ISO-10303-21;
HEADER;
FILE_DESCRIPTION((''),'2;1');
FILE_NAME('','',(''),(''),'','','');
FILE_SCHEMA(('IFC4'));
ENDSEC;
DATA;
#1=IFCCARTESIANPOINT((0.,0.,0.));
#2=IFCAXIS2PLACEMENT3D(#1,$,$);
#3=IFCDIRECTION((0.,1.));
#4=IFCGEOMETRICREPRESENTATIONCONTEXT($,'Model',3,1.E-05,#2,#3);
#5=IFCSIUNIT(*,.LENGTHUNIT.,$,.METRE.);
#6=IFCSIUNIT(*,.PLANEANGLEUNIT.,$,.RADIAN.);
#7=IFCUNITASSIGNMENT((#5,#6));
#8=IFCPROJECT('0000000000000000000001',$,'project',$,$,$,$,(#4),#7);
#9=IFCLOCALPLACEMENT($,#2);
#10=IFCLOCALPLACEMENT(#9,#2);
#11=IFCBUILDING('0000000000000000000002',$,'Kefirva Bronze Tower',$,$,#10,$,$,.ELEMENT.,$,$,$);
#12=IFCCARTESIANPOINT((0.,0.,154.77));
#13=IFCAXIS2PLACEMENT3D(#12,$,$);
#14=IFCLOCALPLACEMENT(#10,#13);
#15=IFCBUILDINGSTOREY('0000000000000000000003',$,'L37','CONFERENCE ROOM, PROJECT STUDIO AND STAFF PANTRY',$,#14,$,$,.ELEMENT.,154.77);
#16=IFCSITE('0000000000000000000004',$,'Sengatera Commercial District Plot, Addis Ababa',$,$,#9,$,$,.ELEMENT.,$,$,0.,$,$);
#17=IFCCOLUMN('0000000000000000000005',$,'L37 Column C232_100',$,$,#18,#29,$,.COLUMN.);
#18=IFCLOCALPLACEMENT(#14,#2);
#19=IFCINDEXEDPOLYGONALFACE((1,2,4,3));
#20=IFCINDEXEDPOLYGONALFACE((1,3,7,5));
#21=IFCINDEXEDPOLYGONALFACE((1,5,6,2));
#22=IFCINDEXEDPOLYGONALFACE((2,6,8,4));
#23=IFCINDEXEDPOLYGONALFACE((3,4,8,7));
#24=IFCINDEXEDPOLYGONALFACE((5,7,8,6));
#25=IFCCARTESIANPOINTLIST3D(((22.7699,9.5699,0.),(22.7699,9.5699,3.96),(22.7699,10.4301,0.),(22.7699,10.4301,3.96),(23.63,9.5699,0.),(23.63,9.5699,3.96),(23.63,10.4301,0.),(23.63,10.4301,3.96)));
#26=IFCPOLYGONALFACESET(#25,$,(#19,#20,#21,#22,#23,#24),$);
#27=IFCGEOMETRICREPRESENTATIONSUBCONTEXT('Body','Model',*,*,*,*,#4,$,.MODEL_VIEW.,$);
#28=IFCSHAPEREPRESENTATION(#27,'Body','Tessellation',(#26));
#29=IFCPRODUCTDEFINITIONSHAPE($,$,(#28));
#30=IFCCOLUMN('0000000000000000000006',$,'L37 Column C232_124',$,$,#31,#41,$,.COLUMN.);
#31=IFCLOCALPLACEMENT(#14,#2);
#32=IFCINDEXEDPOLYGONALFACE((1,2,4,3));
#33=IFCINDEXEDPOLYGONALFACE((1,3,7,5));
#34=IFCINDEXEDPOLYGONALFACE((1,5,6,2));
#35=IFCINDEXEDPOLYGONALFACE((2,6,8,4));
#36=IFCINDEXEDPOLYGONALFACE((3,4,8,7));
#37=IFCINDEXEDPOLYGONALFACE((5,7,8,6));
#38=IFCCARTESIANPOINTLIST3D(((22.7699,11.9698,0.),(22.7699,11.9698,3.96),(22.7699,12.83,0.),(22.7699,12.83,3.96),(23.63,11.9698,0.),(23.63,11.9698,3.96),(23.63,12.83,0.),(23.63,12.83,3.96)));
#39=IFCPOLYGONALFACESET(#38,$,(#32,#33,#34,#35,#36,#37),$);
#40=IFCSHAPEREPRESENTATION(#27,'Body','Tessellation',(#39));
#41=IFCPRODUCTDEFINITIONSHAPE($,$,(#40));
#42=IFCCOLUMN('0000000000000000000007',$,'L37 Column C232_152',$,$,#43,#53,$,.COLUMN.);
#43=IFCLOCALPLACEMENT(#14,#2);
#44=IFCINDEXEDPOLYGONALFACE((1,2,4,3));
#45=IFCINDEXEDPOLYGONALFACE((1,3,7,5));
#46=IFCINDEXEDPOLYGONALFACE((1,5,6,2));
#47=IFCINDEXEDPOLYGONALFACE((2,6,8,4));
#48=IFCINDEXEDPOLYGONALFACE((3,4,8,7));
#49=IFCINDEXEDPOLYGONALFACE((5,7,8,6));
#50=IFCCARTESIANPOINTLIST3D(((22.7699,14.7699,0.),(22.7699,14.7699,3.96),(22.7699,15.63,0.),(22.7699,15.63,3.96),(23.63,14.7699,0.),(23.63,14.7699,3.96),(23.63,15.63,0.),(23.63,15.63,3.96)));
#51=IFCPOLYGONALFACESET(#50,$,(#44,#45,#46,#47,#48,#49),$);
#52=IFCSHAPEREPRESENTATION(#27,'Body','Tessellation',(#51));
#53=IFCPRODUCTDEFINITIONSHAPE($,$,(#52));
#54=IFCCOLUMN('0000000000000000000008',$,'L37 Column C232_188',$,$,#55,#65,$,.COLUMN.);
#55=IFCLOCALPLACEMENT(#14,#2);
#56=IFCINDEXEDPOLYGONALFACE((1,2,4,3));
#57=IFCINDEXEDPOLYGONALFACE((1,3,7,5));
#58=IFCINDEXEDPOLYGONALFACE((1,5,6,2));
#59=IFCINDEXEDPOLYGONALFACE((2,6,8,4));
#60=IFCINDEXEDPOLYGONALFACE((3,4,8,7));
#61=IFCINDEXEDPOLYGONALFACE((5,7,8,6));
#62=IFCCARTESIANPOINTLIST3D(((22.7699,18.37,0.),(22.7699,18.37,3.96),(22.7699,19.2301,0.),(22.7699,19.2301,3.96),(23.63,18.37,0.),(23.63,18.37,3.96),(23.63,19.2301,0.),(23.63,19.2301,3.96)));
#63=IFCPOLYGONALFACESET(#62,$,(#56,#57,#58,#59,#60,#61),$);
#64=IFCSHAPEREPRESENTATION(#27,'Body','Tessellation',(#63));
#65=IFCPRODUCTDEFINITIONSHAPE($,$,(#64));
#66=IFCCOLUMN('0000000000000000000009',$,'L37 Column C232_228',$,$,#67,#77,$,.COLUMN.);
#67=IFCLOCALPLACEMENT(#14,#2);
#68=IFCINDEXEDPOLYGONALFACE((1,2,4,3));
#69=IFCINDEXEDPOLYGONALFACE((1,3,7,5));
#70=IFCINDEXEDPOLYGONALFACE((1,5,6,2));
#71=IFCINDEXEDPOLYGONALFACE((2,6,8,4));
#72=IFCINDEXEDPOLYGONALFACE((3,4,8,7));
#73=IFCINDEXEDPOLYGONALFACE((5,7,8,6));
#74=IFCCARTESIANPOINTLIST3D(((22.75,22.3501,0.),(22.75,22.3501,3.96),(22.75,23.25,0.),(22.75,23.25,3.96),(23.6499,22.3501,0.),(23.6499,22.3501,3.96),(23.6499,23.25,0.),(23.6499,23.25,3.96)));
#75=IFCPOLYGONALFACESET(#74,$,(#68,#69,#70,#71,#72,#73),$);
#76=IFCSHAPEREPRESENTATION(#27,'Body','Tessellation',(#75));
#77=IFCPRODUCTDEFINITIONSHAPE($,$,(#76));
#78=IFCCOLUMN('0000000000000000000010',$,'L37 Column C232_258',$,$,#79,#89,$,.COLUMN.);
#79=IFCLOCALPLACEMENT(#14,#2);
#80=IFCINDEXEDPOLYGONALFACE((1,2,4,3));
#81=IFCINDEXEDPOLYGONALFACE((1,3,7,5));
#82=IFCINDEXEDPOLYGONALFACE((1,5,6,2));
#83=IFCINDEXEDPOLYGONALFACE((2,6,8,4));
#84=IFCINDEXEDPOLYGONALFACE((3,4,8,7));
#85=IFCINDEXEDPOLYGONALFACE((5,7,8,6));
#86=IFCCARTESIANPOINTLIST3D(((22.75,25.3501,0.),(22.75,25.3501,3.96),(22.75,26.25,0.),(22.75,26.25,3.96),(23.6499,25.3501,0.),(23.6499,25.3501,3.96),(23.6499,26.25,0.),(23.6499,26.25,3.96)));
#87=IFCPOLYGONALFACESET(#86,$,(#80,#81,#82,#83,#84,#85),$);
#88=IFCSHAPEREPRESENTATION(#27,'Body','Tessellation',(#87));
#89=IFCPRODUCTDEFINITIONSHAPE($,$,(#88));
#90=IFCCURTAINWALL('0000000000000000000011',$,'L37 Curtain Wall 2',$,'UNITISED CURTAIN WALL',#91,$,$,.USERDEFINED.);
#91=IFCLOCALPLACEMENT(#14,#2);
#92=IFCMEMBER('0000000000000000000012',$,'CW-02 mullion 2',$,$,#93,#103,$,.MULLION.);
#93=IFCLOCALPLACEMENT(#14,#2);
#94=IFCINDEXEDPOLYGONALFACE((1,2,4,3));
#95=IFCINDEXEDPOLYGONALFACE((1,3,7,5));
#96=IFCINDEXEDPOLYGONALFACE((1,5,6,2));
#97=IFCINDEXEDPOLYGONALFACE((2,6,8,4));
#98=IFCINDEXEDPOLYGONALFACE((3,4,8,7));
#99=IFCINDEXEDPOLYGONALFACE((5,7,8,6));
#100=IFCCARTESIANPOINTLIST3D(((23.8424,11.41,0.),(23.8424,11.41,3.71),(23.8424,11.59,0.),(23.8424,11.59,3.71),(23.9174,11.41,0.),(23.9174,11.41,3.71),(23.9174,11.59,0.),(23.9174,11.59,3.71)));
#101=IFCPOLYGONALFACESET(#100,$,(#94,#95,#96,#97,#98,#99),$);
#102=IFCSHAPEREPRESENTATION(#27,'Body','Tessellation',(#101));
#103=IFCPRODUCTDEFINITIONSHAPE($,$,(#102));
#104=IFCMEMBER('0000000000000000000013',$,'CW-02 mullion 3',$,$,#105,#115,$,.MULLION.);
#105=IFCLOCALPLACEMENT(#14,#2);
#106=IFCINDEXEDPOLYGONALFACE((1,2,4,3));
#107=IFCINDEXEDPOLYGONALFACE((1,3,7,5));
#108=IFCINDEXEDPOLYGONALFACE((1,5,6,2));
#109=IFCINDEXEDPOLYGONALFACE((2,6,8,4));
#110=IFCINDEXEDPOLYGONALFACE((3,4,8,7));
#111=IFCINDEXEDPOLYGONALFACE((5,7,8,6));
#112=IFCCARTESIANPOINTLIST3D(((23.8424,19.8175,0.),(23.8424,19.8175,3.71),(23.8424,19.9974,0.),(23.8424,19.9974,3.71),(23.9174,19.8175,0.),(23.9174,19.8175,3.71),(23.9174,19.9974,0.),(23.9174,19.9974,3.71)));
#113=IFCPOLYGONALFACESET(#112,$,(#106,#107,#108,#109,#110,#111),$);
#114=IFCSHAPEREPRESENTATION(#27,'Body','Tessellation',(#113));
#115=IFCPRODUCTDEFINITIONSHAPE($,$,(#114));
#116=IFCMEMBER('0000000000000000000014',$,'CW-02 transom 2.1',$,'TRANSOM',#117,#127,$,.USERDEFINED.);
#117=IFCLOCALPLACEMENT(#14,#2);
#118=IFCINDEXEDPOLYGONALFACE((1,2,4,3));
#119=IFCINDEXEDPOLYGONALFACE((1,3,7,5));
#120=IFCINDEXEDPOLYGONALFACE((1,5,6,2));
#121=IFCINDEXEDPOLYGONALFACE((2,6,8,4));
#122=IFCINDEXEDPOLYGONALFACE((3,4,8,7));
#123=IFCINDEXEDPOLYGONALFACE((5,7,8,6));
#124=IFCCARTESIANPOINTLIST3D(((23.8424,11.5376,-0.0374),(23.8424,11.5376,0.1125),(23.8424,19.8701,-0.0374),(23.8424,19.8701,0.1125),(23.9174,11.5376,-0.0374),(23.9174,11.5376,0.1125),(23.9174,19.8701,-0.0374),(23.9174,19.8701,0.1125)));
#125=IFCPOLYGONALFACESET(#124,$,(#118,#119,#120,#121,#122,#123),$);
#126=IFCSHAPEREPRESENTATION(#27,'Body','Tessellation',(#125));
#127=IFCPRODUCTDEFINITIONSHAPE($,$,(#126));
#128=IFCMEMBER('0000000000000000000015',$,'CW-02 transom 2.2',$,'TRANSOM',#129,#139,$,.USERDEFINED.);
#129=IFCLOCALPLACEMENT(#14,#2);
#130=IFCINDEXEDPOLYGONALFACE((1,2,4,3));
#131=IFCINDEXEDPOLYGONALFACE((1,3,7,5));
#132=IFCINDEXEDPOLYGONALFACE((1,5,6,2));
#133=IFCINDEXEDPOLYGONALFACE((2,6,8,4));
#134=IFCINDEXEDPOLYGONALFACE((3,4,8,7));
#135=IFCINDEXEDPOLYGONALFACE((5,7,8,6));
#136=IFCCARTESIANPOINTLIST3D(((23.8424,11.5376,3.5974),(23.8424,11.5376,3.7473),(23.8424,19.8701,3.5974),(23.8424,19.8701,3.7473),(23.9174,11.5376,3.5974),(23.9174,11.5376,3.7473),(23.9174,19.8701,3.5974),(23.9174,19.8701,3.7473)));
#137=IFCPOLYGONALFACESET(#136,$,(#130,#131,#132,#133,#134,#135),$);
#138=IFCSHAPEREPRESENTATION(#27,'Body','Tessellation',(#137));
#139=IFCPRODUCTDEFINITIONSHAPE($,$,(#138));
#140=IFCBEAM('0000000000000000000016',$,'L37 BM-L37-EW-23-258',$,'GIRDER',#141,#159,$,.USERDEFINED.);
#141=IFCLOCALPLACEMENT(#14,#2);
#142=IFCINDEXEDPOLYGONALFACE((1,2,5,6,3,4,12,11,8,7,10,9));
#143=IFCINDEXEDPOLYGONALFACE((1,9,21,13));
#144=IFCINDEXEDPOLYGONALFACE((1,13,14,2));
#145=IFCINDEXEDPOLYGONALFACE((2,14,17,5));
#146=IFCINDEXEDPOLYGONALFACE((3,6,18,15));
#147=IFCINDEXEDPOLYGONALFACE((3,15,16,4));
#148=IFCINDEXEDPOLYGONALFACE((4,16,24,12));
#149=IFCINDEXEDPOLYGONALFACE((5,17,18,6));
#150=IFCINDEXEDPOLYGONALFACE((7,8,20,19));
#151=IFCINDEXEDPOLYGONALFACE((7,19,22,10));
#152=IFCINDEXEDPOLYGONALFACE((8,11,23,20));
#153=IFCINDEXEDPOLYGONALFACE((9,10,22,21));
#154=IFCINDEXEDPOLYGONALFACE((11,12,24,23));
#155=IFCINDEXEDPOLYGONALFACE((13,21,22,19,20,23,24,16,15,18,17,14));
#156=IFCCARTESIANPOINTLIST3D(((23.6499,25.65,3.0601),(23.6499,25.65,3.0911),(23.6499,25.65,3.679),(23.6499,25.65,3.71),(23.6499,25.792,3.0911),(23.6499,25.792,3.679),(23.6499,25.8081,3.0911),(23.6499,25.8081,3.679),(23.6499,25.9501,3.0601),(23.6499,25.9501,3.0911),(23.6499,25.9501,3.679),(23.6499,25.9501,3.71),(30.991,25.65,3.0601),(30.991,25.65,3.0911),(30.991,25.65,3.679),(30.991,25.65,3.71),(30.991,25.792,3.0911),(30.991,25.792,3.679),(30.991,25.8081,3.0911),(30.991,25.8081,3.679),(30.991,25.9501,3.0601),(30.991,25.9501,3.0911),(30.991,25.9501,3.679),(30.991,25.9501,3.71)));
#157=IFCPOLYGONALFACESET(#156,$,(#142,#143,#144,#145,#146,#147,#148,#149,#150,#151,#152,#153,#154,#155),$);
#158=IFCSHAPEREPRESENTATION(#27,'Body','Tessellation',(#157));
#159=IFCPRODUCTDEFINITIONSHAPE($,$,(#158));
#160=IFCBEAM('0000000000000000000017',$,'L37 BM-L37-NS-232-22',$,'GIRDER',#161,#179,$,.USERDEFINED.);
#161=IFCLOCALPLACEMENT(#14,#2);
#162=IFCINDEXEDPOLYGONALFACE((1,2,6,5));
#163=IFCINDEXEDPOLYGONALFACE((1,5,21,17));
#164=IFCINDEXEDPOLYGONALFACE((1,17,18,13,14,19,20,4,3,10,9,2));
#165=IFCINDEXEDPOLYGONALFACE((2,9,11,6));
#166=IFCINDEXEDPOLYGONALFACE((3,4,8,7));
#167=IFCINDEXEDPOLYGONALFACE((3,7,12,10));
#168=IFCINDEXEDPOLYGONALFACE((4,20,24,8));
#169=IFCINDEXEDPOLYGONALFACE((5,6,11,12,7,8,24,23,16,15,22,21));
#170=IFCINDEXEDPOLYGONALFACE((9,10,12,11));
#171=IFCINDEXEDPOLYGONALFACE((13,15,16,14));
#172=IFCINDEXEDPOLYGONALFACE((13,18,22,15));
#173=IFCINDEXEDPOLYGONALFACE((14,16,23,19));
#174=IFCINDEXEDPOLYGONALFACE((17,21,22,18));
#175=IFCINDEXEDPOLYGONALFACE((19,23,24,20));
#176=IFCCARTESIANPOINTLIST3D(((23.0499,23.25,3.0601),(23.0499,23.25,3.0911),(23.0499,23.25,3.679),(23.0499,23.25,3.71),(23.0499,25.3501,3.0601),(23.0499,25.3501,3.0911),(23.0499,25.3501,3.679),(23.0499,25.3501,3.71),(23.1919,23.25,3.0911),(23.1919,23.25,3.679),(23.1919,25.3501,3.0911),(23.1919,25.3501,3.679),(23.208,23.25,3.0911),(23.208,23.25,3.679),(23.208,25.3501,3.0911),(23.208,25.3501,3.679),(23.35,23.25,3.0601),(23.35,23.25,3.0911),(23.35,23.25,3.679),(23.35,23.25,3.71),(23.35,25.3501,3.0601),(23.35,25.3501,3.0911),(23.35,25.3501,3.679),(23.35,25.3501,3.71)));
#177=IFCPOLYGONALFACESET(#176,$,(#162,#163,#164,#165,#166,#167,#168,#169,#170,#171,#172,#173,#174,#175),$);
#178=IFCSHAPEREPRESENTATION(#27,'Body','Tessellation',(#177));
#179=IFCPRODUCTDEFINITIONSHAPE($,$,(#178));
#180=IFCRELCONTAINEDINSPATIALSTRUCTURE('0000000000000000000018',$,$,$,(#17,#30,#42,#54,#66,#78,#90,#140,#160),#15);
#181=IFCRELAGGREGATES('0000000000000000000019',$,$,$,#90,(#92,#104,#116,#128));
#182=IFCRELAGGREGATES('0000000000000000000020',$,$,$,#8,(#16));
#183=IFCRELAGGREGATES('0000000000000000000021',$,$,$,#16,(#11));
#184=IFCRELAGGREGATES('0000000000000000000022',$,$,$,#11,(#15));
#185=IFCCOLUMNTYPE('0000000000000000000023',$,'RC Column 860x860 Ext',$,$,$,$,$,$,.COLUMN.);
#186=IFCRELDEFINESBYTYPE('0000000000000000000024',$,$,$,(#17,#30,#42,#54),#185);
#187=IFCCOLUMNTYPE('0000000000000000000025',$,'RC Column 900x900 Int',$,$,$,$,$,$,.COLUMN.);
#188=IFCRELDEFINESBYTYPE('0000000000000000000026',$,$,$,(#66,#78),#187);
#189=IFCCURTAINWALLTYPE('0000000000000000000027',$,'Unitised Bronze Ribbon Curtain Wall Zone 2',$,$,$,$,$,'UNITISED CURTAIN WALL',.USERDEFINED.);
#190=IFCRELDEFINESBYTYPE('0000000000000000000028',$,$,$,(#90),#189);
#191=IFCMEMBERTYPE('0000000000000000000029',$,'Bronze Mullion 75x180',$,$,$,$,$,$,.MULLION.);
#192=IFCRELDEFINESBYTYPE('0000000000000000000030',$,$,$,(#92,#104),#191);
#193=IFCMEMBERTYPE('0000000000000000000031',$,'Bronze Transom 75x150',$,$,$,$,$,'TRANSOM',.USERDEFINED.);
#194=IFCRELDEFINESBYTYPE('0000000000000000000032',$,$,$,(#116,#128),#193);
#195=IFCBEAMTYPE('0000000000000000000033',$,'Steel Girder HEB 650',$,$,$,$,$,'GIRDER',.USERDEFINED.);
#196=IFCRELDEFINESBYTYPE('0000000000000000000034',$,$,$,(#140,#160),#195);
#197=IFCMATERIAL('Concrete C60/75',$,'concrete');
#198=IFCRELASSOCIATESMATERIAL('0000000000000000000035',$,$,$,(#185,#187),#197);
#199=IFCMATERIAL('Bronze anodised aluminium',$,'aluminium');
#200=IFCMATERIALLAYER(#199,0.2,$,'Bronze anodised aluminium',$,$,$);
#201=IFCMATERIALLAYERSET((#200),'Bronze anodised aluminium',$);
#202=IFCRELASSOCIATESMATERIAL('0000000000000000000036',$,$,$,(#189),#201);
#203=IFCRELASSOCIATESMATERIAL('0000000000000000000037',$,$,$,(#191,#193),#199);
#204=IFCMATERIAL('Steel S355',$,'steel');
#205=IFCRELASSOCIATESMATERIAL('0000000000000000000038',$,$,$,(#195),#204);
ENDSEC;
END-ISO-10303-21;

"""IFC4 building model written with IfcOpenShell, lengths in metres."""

from ifc_helpers import new_model, si_unit, direction, frame, origin, origin_2d, place, context, subcontext, project, spatial, rectangle, i_section, extrude, material, layer, layer_set, material_profile, profile_set, type_object, element, aggregate, save


model = new_model("IFC4")

# Units and contexts
model_context = context("Model", 3, precision=1e-05, world=origin(), true_north=direction((0.0, 1.0)))
body_context = subcontext(model_context, "Body", "Model", "MODEL_VIEW")
ifc_project = project(units=[si_unit("LENGTHUNIT", "METRE"), si_unit("PLANEANGLEUNIT", "RADIAN")], contexts=[model_context])

# Site, building, storey
site_placement = place(None, origin())
site = spatial("IfcSite", under=ifc_project, at=site_placement, Name="Sengatera Commercial District Plot, Addis Ababa", CompositionType="ELEMENT", RefElevation=0.0)
building_placement = place(site_placement, origin())
building = spatial("IfcBuilding", under=site, at=building_placement, Name="Kefirva Bronze Tower", CompositionType="ELEMENT")
storey_placement = place(building_placement, frame((0.0, 0.0, 154.77)))
storey = spatial("IfcBuildingStorey", under=building, at=storey_placement, Name="L37", Description="CONFERENCE ROOM, PROJECT STUDIO AND STAFF PANTRY", CompositionType="ELEMENT", Elevation=154.77)

# Columns
ifc_material_1 = material(Name="Concrete C60/75", Category="concrete")
ifc_material_profile_1 = material_profile(ifc_material_1, rectangle(XDim=0.8601, YDim=0.8601, at=origin_2d()), Name="RC 860x860")
ifc_profile_set_1 = profile_set([ifc_material_profile_1], Name="Concrete C60/75")
column_type_1 = type_object("IfcColumnType", Name="RC Column 860x860 Ext", PredefinedType="COLUMN", material=ifc_profile_set_1)
for number, where, z_axis, x_axis, name in (
    (1, (23.2, 10.0, 0.0), (0.0, 0.0, 1.0), (1.0, 0.0, 0.0), "L37 Column C232_100"),
    (2, (23.2, 12.3999, 0.0), (0.0, 0.0, 1.0), (1.0, 0.0, 0.0), "L37 Column C232_124"),
    (3, (23.2, 15.2, 0.0), (0.0, 0.0, 1.0), (1.0, 0.0, 0.0), "L37 Column C232_152"),
    (4, (23.2, 18.8, 0.0), (0.0, 0.0, 1.0), (1.0, 0.0, 0.0), "L37 Column C232_188"),
):
    element("IfcColumn", number, at=place(storey_placement, frame(where, z_axis=z_axis, x_axis=x_axis)), inside=storey, type_object=column_type_1, Name=name, PredefinedType="COLUMN", context=body_context, shape_type="SweptSolid", body=[
        extrude(rectangle(XDim=0.8601, YDim=0.8601, at=origin_2d()), origin(), (0.0, 0.0, 1.0), 3.96),
    ])
ifc_material_profile_2 = material_profile(ifc_material_1, rectangle(XDim=0.8999, YDim=0.8999, at=origin_2d()), Name="RC 900x900")
ifc_profile_set_2 = profile_set([ifc_material_profile_2], Name="Concrete C60/75")
column_type_2 = type_object("IfcColumnType", Name="RC Column 900x900 Int", PredefinedType="COLUMN", material=ifc_profile_set_2)
for number, where, z_axis, x_axis, name in (
    (5, (23.2, 22.8, 0.0), (0.0, 0.0, 1.0), (1.0, 0.0, 0.0), "L37 Column C232_228"),
    (6, (23.2, 25.8, 0.0), (0.0, 0.0, 1.0), (1.0, 0.0, 0.0), "L37 Column C232_258"),
):
    element("IfcColumn", number, at=place(storey_placement, frame(where, z_axis=z_axis, x_axis=x_axis)), inside=storey, type_object=column_type_2, Name=name, PredefinedType="COLUMN", context=body_context, shape_type="SweptSolid", body=[
        extrude(rectangle(XDim=0.8999, YDim=0.8999, at=origin_2d()), origin(), (0.0, 0.0, 1.0), 3.96),
    ])

# Curtain wall, members
ifc_material_2 = material(Name="Bronze anodised aluminium", Category="aluminium")
ifc_layer_1 = layer(ifc_material_2, 0.2, Name="Bronze anodised aluminium")
ifc_layer_set_1 = layer_set([ifc_layer_1], Name="Bronze anodised aluminium")
curtain_wall_type = type_object("IfcCurtainWallType", Name="Unitised Bronze Ribbon Curtain Wall Zone 2", ElementType="UNITISED CURTAIN WALL", PredefinedType="USERDEFINED", material=ifc_layer_set_1)
curtain_wall_placement = place(storey_placement, origin())
curtain_wall = element("IfcCurtainWall", 7, at=curtain_wall_placement, inside=storey, type_object=curtain_wall_type, Name="L37 Curtain Wall 2", ObjectType="UNITISED CURTAIN WALL", PredefinedType="USERDEFINED")
ifc_material_profile_3 = material_profile(ifc_material_2, rectangle(XDim=0.075, YDim=0.1799, at=origin_2d()), Name="ALU 75x180")
ifc_profile_set_3 = profile_set([ifc_material_profile_3], Name="Bronze anodised aluminium")
member_type_1 = type_object("IfcMemberType", Name="Bronze Mullion 75x180", PredefinedType="MULLION", material=ifc_profile_set_3)
member_1_placement = place(storey_placement, frame((23.8799, 11.5, 0.0), z_axis=(0.0, 0.0, 1.0), x_axis=(-1.0, 0.0, 0.0)))
member_1 = element("IfcMember", 8, at=member_1_placement, type_object=member_type_1, Name="CW-02 mullion 2", PredefinedType="MULLION", context=body_context, shape_type="SweptSolid", body=[
    extrude(rectangle(XDim=0.075, YDim=0.1799, at=origin_2d()), origin(), (0.0, 0.0, 1.0), 3.71),
])
member_2_placement = place(storey_placement, frame((23.8799, 19.9075, 0.0), z_axis=(0.0, 0.0, 1.0), x_axis=(-1.0, 0.0, 0.0)))
member_2 = element("IfcMember", 9, at=member_2_placement, type_object=member_type_1, Name="CW-02 mullion 3", PredefinedType="MULLION", context=body_context, shape_type="SweptSolid", body=[
    extrude(rectangle(XDim=0.075, YDim=0.1799, at=origin_2d()), origin(), (0.0, 0.0, 1.0), 3.71),
])
ifc_material_profile_4 = material_profile(ifc_material_2, rectangle(XDim=0.075, YDim=0.1499, at=origin_2d()), Name="ALU 75x150")
ifc_profile_set_4 = profile_set([ifc_material_profile_4], Name="Bronze anodised aluminium")
member_type_2 = type_object("IfcMemberType", Name="Bronze Transom 75x150", ElementType="TRANSOM", PredefinedType="USERDEFINED", material=ifc_profile_set_4)
member_3_placement = place(storey_placement, frame((23.8799, 11.5376, 0.0376), z_axis=(0.0, 1.0, 0.0), x_axis=(-1.0, 0.0, 0.0)))
member_3 = element("IfcMember", 10, at=member_3_placement, type_object=member_type_2, Name="CW-02 transom 2.1", ObjectType="TRANSOM", PredefinedType="USERDEFINED", context=body_context, shape_type="SweptSolid", body=[
    extrude(rectangle(XDim=0.075, YDim=0.1499, at=origin_2d()), origin(), (0.0, 0.0, 1.0), 8.3325),
])
member_4_placement = place(storey_placement, frame((23.8799, 11.5376, 3.6724), z_axis=(0.0, 1.0, 0.0), x_axis=(-1.0, 0.0, 0.0)))
member_4 = element("IfcMember", 11, at=member_4_placement, type_object=member_type_2, Name="CW-02 transom 2.2", ObjectType="TRANSOM", PredefinedType="USERDEFINED", context=body_context, shape_type="SweptSolid", body=[
    extrude(rectangle(XDim=0.075, YDim=0.1499, at=origin_2d()), origin(), (0.0, 0.0, 1.0), 8.3325),
])

# Beams
ifc_material_3 = material(Name="Steel S355", Category="steel")
ifc_material_profile_5 = material_profile(ifc_material_3, i_section(OverallWidth=0.3, OverallDepth=0.6499, WebThickness=0.0161, FlangeThickness=0.031, at=origin_2d()), Name="HEB 650")
ifc_profile_set_5 = profile_set([ifc_material_profile_5], Name="Steel S355")
beam_type_1 = type_object("IfcBeamType", Name="Steel Girder HEB 650", ElementType="GIRDER", PredefinedType="USERDEFINED", material=ifc_profile_set_5)
beam_1_placement = place(storey_placement, frame((23.6499, 25.8, 3.385), z_axis=(1.0, 0.0, 0.0), x_axis=(0.0, 1.0, 0.0)))
element("IfcBeam", 12, at=beam_1_placement, inside=storey, type_object=beam_type_1, Name="L37 BM-L37-EW-23-258", ObjectType="GIRDER", PredefinedType="USERDEFINED", context=body_context, shape_type="SweptSolid", body=[
    extrude(i_section(OverallWidth=0.3, OverallDepth=0.6499, WebThickness=0.0161, FlangeThickness=0.031, at=origin_2d()), origin(), (0.0, 0.0, 1.0), 7.3411),
])
beam_2_placement = place(storey_placement, frame((23.2, 23.25, 3.385), z_axis=(0.0, 1.0, 0.0), x_axis=(-1.0, 0.0, 0.0)))
element("IfcBeam", 13, at=beam_2_placement, inside=storey, type_object=beam_type_1, Name="L37 BM-L37-NS-232-22", ObjectType="GIRDER", PredefinedType="USERDEFINED", context=body_context, shape_type="SweptSolid", body=[
    extrude(i_section(OverallWidth=0.3, OverallDepth=0.6499, WebThickness=0.0161, FlangeThickness=0.031, at=origin_2d()), origin(), (0.0, 0.0, 1.0), 2.1001),
])

aggregate(curtain_wall, [member_1, member_2, member_3, member_4])

save(model, "model.ifc")
